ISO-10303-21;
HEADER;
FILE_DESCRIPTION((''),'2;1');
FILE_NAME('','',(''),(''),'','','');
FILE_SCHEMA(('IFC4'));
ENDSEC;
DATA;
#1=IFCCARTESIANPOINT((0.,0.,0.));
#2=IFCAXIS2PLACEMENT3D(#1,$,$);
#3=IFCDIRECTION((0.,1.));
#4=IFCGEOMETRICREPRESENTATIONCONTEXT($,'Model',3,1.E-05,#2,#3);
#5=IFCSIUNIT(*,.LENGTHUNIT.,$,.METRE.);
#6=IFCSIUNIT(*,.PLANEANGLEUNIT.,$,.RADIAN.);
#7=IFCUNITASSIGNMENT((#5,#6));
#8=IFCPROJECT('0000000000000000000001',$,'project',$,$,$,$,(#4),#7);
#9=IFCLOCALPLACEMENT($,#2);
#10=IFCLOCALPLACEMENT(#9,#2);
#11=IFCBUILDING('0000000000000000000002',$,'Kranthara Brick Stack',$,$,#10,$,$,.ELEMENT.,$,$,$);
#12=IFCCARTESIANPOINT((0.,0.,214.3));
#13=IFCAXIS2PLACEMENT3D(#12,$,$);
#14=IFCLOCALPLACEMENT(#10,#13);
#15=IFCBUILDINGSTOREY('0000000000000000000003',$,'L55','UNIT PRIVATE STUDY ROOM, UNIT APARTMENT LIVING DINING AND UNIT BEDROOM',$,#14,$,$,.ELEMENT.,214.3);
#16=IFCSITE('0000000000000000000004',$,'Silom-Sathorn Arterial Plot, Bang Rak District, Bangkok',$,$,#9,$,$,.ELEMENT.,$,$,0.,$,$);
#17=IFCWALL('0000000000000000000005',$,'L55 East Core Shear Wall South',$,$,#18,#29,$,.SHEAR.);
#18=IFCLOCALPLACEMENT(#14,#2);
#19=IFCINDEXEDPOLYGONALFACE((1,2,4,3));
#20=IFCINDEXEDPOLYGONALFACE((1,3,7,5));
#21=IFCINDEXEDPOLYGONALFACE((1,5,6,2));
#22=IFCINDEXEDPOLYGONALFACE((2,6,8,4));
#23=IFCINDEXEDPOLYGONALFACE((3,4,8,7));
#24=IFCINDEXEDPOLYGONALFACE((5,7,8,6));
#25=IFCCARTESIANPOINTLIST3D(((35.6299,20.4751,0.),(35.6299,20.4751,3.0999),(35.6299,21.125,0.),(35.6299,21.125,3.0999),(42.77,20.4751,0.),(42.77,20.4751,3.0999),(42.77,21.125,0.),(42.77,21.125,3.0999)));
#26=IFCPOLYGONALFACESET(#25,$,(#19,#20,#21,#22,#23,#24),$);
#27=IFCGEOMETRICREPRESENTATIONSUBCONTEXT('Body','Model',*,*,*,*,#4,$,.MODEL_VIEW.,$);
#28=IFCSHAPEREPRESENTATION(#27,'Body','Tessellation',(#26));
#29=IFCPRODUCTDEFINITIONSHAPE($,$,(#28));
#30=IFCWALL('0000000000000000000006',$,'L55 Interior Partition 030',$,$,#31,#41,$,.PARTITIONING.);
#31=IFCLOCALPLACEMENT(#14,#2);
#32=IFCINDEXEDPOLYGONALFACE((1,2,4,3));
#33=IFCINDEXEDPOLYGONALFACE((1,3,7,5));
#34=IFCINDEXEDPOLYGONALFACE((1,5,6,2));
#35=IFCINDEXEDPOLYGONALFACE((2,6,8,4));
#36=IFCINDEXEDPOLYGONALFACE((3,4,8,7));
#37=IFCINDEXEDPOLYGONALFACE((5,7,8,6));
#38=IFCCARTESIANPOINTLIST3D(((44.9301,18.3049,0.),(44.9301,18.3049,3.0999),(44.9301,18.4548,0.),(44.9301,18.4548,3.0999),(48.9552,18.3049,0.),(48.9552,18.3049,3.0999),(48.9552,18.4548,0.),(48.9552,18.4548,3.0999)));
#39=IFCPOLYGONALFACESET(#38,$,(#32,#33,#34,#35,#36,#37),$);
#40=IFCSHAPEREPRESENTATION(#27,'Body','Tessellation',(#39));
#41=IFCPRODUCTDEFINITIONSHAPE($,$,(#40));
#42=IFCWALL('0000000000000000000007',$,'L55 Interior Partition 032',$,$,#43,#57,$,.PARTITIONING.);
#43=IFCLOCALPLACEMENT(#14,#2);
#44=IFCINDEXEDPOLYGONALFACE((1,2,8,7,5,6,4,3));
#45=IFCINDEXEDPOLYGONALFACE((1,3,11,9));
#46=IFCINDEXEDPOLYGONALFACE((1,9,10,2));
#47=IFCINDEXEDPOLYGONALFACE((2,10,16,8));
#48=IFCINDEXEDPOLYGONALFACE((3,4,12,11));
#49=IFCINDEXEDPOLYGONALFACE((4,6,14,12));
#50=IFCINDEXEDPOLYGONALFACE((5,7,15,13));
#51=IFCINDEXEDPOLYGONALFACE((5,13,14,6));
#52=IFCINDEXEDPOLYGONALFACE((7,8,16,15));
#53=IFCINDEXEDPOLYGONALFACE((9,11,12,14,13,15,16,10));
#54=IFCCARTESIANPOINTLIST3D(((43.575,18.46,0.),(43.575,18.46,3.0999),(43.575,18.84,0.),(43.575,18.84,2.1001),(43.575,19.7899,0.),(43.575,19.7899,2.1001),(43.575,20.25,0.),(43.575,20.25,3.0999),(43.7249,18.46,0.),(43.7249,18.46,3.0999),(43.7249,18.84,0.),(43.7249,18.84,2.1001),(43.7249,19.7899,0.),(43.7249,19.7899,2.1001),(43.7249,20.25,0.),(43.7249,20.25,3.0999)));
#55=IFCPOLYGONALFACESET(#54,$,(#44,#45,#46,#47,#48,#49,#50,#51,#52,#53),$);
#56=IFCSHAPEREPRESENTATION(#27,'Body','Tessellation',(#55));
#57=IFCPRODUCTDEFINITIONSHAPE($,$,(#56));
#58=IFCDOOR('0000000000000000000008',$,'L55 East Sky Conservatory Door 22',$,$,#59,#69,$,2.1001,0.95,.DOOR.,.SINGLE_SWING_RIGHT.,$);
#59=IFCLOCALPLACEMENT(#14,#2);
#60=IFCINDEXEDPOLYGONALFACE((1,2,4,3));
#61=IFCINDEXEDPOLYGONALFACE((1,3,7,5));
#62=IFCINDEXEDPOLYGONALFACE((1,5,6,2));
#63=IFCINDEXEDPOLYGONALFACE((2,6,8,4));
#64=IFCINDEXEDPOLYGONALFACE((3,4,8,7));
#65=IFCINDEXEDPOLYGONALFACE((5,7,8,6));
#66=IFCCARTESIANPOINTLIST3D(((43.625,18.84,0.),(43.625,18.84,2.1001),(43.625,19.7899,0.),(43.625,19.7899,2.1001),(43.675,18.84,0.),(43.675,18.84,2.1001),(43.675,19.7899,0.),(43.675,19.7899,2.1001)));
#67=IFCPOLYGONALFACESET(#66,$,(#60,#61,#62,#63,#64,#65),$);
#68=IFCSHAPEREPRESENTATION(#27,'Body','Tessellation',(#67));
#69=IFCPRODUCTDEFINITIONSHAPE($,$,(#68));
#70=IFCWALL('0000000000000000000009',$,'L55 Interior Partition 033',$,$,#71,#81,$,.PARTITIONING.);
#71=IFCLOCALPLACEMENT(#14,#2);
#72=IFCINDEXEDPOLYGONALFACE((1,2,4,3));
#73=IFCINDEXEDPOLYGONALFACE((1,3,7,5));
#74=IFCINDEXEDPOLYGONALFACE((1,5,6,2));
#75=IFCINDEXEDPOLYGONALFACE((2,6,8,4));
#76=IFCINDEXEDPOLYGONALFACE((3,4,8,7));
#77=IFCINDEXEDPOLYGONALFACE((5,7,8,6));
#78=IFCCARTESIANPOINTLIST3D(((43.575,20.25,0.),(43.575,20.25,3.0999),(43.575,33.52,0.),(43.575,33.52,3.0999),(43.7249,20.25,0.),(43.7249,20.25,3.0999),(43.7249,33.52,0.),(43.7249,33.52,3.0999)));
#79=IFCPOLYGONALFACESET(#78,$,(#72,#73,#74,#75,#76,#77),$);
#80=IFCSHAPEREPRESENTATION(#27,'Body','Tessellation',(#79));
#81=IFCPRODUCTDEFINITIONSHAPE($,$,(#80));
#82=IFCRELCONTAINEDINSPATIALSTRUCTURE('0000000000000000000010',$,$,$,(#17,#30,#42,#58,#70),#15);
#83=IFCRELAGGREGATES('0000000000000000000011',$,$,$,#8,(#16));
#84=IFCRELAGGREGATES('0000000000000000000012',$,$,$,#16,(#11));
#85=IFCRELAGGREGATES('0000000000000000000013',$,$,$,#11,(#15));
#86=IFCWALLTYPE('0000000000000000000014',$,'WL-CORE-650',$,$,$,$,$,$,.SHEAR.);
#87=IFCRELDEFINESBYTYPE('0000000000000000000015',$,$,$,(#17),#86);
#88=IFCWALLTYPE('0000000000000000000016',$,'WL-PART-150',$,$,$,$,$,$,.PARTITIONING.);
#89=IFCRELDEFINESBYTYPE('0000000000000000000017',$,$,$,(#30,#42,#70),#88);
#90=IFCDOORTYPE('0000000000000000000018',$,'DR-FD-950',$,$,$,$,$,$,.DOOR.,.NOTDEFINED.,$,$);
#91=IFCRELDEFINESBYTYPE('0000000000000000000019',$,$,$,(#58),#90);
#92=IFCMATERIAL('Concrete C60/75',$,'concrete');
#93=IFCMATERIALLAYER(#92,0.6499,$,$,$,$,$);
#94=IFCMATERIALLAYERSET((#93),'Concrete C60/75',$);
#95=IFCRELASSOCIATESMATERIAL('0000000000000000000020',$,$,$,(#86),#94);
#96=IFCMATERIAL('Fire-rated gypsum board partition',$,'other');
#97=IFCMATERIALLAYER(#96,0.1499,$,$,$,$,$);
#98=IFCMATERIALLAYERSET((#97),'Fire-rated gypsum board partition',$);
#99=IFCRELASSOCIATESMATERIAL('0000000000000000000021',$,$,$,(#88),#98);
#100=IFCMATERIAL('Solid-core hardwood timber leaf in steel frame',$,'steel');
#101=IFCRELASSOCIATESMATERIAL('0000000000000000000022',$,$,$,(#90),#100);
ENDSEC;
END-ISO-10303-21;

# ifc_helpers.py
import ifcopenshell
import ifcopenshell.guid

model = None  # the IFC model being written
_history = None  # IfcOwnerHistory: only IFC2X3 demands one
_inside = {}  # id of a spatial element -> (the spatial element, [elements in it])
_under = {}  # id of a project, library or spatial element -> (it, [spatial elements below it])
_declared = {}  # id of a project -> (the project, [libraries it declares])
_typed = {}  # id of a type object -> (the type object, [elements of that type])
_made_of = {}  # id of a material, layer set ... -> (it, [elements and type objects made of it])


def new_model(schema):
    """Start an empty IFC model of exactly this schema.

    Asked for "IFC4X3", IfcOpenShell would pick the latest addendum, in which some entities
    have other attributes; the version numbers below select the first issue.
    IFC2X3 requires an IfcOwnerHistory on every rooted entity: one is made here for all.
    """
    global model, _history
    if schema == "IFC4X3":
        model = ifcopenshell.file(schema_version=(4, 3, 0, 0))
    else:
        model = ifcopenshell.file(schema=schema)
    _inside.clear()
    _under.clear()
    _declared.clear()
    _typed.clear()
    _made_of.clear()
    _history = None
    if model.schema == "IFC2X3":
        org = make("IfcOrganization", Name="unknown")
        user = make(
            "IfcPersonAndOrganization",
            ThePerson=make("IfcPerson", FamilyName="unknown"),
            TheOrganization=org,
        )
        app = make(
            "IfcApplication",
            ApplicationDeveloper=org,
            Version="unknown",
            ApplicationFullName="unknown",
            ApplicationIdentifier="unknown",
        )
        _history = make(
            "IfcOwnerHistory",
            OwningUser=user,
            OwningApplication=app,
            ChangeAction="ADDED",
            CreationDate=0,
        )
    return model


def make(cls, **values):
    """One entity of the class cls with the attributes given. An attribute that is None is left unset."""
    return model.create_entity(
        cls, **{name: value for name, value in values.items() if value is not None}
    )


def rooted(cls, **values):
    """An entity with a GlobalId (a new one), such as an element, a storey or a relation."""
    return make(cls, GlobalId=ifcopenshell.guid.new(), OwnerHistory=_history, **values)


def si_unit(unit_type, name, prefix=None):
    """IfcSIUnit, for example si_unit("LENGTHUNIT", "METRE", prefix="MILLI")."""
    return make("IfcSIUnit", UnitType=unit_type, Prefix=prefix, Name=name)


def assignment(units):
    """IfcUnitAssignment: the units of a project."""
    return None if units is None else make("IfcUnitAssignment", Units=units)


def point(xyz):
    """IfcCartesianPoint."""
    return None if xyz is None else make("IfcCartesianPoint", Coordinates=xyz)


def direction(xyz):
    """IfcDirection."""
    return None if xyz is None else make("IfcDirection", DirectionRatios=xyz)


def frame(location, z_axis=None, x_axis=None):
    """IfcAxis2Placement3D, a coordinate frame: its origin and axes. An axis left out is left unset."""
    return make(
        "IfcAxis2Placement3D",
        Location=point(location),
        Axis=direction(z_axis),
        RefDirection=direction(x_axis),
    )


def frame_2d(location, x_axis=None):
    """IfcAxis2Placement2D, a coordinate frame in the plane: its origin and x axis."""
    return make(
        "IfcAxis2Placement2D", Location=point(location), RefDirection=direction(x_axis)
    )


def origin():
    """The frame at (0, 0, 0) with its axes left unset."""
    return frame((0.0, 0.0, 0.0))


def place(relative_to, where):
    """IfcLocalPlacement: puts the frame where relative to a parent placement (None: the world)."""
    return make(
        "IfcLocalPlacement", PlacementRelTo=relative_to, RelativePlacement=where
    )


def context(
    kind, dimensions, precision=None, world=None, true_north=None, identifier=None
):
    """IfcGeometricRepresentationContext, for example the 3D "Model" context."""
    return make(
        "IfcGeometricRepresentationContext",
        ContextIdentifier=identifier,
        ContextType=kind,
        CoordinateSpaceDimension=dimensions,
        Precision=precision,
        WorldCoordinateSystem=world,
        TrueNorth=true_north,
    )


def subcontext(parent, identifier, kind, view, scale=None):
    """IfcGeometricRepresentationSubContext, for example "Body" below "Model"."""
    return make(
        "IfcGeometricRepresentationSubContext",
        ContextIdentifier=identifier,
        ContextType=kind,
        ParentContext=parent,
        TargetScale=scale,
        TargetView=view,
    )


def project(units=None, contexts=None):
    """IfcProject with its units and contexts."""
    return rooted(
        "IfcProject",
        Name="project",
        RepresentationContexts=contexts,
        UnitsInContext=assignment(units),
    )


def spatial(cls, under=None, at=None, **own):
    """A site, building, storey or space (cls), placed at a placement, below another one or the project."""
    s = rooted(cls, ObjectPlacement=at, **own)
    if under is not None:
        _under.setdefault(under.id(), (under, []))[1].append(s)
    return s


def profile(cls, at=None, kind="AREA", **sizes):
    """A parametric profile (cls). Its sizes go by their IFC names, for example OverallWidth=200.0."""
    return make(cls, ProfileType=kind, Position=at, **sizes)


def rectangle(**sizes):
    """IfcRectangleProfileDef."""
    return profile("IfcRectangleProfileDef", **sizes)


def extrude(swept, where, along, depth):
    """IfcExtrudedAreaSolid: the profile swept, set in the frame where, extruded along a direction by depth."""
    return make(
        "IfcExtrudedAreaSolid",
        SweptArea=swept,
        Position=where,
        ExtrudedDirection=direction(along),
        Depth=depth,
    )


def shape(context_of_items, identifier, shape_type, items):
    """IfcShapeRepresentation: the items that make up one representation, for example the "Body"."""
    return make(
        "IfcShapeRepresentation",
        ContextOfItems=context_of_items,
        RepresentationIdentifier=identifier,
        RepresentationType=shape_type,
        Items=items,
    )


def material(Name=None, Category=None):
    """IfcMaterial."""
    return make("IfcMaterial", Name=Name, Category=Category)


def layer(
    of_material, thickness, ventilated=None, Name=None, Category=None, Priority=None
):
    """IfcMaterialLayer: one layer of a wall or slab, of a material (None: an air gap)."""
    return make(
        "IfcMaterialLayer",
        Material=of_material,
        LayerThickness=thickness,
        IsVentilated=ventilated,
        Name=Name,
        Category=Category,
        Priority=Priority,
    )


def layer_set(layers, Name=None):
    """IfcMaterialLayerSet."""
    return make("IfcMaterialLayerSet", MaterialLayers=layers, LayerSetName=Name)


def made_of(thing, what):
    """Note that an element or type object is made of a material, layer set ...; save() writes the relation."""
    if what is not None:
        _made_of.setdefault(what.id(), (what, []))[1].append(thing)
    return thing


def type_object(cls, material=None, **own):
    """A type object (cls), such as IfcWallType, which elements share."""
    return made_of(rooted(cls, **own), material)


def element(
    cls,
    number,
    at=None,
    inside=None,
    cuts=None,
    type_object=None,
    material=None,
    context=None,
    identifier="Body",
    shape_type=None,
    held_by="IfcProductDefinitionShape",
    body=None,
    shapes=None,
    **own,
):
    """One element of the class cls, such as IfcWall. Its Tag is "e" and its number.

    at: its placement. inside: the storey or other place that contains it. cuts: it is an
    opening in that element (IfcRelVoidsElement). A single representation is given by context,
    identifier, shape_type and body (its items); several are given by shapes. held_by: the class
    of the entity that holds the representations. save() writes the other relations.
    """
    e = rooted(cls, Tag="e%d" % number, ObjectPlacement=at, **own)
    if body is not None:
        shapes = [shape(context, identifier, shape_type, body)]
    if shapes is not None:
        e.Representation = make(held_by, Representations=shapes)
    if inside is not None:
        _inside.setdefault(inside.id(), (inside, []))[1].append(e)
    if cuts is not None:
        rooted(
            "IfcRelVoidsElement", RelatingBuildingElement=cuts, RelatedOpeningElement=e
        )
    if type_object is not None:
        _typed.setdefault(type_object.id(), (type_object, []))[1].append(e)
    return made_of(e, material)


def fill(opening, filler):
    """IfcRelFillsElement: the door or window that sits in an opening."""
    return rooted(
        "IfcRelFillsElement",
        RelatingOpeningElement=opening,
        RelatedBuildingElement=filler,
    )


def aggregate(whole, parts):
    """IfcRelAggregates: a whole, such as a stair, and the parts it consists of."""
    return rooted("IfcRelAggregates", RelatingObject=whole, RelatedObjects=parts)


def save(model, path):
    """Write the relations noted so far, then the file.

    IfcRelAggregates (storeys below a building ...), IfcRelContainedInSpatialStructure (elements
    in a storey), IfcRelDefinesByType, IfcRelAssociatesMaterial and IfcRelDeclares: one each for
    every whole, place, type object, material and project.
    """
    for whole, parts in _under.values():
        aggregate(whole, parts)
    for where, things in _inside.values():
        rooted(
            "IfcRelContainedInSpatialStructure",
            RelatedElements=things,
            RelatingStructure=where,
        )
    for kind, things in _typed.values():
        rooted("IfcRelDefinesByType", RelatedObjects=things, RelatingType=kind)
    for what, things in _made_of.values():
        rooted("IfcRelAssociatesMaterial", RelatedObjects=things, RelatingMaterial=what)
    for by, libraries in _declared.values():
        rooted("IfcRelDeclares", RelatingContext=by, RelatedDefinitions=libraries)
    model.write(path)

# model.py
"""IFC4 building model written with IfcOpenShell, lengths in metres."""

from ifc_helpers import new_model, si_unit, direction, frame, frame_2d, origin, place, context, subcontext, project, spatial, rectangle, extrude, material, layer, layer_set, type_object, element, fill, save


model = new_model("IFC4")

# Units and contexts
model_context = context("Model", 3, precision=1e-05, world=origin(), true_north=direction((0.0, 1.0)))
body_context = subcontext(model_context, "Body", "Model", "MODEL_VIEW")
ifc_project = project(units=[si_unit("LENGTHUNIT", "METRE"), si_unit("PLANEANGLEUNIT", "RADIAN")], contexts=[model_context])

# Site, building, storey
site_placement = place(None, origin())
site = spatial("IfcSite", under=ifc_project, at=site_placement, Name="Silom-Sathorn Arterial Plot, Bang Rak District, Bangkok", CompositionType="ELEMENT", RefElevation=0.0)
building_placement = place(site_placement, origin())
building = spatial("IfcBuilding", under=site, at=building_placement, Name="Kranthara Brick Stack", CompositionType="ELEMENT")
storey_placement = place(building_placement, frame((0.0, 0.0, 214.3)))
storey = spatial("IfcBuildingStorey", under=building, at=storey_placement, Name="L55", Description="UNIT PRIVATE STUDY ROOM, UNIT APARTMENT LIVING DINING AND UNIT BEDROOM", CompositionType="ELEMENT", Elevation=214.3)

# Wall
ifc_material_1 = material(Name="Concrete C60/75", Category="concrete")
ifc_layer_1 = layer(ifc_material_1, 0.6499)
ifc_layer_set_1 = layer_set([ifc_layer_1], Name="Concrete C60/75")
wall_type_1 = type_object("IfcWallType", Name="WL-CORE-650", PredefinedType="SHEAR", material=ifc_layer_set_1)
wall_1_placement = place(storey_placement, frame((35.6299, 20.8, 0.0), z_axis=(0.0, 0.0, 1.0), x_axis=(1.0, 0.0, 0.0)))
element("IfcWall", 1, at=wall_1_placement, inside=storey, type_object=wall_type_1, Name="L55 East Core Shear Wall South", PredefinedType="SHEAR", context=body_context, shape_type="SweptSolid", body=[
    extrude(rectangle(XDim=7.1401, YDim=0.6499, at=frame_2d((3.5701, 0.0))), origin(), (0.0, 0.0, 1.0), 3.0999),
])

# Wall
ifc_material_2 = material(Name="Fire-rated gypsum board partition", Category="other")
ifc_layer_2 = layer(ifc_material_2, 0.1499)
ifc_layer_set_2 = layer_set([ifc_layer_2], Name="Fire-rated gypsum board partition")
wall_type_2 = type_object("IfcWallType", Name="WL-PART-150", PredefinedType="PARTITIONING", material=ifc_layer_set_2)
wall_2_placement = place(storey_placement, frame((44.9299, 18.3799, 0.0), z_axis=(0.0, 0.0, 1.0), x_axis=(1.0, 0.0, 0.0)))
element("IfcWall", 2, at=wall_2_placement, inside=storey, type_object=wall_type_2, Name="L55 Interior Partition 030", PredefinedType="PARTITIONING", context=body_context, shape_type="SweptSolid", body=[
    extrude(rectangle(XDim=4.0251, YDim=0.1499, at=frame_2d((2.0127, 0.0))), origin(), (0.0, 0.0, 1.0), 3.0999),
])

# Wall, opening, door
wall_3_placement = place(storey_placement, frame((43.6499, 18.46, 0.0), z_axis=(0.0, 0.0, 1.0), x_axis=(0.0, 1.0, 0.0)))
wall_3 = element("IfcWall", 3, at=wall_3_placement, inside=storey, type_object=wall_type_2, Name="L55 Interior Partition 032", PredefinedType="PARTITIONING", context=body_context, shape_type="SweptSolid", body=[
    extrude(rectangle(XDim=1.79, YDim=0.1499, at=frame_2d((0.895, 0.0))), origin(), (0.0, 0.0, 1.0), 3.0999),
])
opening_1_placement = place(wall_3_placement, frame((0.3799, 0.0, 0.0)))
opening_1 = element("IfcOpeningElement", 4, at=opening_1_placement, cuts=wall_3, PredefinedType="OPENING", context=body_context, shape_type="SweptSolid", body=[
    extrude(rectangle(XDim=0.95, YDim=2.1001, at=frame_2d((0.4751, 1.05))), frame((0.0, 0.085, 0.0), z_axis=(0.0, -1.0, 0.0), x_axis=(1.0, 0.0, 0.0)), (0.0, 0.0, 1.0), 0.1699),
])
ifc_material_3 = material(Name="Solid-core hardwood timber leaf in steel frame", Category="steel")
door_type_1 = type_object("IfcDoorType", Name="DR-FD-950", OperationType="NOTDEFINED", PredefinedType="DOOR", material=ifc_material_3)
door_1_placement = place(opening_1_placement, origin())
door_1 = element("IfcDoor", 5, at=door_1_placement, inside=storey, type_object=door_type_1, Name="L55 East Sky Conservatory Door 22", OperationType="SINGLE_SWING_RIGHT", OverallHeight=2.1001, OverallWidth=0.95, PredefinedType="DOOR", context=body_context, shape_type="SweptSolid", body=[
    extrude(rectangle(XDim=0.95, YDim=2.1001, at=frame_2d((0.4751, 1.05))), frame((0.0, 0.0249, 0.0), z_axis=(0.0, -1.0, 0.0), x_axis=(1.0, 0.0, 0.0)), (0.0, 0.0, 1.0), 0.05),
])
fill(opening_1, door_1)

# Wall
wall_4_placement = place(storey_placement, frame((43.6499, 20.25, 0.0), z_axis=(0.0, 0.0, 1.0), x_axis=(0.0, 1.0, 0.0)))
element("IfcWall", 6, at=wall_4_placement, inside=storey, type_object=wall_type_2, Name="L55 Interior Partition 033", PredefinedType="PARTITIONING", context=body_context, shape_type="SweptSolid", body=[
    extrude(rectangle(XDim=13.27, YDim=0.1499, at=frame_2d((6.635, 0.0))), origin(), (0.0, 0.0, 1.0), 3.0999),
])

save(model, "model.ifc")
